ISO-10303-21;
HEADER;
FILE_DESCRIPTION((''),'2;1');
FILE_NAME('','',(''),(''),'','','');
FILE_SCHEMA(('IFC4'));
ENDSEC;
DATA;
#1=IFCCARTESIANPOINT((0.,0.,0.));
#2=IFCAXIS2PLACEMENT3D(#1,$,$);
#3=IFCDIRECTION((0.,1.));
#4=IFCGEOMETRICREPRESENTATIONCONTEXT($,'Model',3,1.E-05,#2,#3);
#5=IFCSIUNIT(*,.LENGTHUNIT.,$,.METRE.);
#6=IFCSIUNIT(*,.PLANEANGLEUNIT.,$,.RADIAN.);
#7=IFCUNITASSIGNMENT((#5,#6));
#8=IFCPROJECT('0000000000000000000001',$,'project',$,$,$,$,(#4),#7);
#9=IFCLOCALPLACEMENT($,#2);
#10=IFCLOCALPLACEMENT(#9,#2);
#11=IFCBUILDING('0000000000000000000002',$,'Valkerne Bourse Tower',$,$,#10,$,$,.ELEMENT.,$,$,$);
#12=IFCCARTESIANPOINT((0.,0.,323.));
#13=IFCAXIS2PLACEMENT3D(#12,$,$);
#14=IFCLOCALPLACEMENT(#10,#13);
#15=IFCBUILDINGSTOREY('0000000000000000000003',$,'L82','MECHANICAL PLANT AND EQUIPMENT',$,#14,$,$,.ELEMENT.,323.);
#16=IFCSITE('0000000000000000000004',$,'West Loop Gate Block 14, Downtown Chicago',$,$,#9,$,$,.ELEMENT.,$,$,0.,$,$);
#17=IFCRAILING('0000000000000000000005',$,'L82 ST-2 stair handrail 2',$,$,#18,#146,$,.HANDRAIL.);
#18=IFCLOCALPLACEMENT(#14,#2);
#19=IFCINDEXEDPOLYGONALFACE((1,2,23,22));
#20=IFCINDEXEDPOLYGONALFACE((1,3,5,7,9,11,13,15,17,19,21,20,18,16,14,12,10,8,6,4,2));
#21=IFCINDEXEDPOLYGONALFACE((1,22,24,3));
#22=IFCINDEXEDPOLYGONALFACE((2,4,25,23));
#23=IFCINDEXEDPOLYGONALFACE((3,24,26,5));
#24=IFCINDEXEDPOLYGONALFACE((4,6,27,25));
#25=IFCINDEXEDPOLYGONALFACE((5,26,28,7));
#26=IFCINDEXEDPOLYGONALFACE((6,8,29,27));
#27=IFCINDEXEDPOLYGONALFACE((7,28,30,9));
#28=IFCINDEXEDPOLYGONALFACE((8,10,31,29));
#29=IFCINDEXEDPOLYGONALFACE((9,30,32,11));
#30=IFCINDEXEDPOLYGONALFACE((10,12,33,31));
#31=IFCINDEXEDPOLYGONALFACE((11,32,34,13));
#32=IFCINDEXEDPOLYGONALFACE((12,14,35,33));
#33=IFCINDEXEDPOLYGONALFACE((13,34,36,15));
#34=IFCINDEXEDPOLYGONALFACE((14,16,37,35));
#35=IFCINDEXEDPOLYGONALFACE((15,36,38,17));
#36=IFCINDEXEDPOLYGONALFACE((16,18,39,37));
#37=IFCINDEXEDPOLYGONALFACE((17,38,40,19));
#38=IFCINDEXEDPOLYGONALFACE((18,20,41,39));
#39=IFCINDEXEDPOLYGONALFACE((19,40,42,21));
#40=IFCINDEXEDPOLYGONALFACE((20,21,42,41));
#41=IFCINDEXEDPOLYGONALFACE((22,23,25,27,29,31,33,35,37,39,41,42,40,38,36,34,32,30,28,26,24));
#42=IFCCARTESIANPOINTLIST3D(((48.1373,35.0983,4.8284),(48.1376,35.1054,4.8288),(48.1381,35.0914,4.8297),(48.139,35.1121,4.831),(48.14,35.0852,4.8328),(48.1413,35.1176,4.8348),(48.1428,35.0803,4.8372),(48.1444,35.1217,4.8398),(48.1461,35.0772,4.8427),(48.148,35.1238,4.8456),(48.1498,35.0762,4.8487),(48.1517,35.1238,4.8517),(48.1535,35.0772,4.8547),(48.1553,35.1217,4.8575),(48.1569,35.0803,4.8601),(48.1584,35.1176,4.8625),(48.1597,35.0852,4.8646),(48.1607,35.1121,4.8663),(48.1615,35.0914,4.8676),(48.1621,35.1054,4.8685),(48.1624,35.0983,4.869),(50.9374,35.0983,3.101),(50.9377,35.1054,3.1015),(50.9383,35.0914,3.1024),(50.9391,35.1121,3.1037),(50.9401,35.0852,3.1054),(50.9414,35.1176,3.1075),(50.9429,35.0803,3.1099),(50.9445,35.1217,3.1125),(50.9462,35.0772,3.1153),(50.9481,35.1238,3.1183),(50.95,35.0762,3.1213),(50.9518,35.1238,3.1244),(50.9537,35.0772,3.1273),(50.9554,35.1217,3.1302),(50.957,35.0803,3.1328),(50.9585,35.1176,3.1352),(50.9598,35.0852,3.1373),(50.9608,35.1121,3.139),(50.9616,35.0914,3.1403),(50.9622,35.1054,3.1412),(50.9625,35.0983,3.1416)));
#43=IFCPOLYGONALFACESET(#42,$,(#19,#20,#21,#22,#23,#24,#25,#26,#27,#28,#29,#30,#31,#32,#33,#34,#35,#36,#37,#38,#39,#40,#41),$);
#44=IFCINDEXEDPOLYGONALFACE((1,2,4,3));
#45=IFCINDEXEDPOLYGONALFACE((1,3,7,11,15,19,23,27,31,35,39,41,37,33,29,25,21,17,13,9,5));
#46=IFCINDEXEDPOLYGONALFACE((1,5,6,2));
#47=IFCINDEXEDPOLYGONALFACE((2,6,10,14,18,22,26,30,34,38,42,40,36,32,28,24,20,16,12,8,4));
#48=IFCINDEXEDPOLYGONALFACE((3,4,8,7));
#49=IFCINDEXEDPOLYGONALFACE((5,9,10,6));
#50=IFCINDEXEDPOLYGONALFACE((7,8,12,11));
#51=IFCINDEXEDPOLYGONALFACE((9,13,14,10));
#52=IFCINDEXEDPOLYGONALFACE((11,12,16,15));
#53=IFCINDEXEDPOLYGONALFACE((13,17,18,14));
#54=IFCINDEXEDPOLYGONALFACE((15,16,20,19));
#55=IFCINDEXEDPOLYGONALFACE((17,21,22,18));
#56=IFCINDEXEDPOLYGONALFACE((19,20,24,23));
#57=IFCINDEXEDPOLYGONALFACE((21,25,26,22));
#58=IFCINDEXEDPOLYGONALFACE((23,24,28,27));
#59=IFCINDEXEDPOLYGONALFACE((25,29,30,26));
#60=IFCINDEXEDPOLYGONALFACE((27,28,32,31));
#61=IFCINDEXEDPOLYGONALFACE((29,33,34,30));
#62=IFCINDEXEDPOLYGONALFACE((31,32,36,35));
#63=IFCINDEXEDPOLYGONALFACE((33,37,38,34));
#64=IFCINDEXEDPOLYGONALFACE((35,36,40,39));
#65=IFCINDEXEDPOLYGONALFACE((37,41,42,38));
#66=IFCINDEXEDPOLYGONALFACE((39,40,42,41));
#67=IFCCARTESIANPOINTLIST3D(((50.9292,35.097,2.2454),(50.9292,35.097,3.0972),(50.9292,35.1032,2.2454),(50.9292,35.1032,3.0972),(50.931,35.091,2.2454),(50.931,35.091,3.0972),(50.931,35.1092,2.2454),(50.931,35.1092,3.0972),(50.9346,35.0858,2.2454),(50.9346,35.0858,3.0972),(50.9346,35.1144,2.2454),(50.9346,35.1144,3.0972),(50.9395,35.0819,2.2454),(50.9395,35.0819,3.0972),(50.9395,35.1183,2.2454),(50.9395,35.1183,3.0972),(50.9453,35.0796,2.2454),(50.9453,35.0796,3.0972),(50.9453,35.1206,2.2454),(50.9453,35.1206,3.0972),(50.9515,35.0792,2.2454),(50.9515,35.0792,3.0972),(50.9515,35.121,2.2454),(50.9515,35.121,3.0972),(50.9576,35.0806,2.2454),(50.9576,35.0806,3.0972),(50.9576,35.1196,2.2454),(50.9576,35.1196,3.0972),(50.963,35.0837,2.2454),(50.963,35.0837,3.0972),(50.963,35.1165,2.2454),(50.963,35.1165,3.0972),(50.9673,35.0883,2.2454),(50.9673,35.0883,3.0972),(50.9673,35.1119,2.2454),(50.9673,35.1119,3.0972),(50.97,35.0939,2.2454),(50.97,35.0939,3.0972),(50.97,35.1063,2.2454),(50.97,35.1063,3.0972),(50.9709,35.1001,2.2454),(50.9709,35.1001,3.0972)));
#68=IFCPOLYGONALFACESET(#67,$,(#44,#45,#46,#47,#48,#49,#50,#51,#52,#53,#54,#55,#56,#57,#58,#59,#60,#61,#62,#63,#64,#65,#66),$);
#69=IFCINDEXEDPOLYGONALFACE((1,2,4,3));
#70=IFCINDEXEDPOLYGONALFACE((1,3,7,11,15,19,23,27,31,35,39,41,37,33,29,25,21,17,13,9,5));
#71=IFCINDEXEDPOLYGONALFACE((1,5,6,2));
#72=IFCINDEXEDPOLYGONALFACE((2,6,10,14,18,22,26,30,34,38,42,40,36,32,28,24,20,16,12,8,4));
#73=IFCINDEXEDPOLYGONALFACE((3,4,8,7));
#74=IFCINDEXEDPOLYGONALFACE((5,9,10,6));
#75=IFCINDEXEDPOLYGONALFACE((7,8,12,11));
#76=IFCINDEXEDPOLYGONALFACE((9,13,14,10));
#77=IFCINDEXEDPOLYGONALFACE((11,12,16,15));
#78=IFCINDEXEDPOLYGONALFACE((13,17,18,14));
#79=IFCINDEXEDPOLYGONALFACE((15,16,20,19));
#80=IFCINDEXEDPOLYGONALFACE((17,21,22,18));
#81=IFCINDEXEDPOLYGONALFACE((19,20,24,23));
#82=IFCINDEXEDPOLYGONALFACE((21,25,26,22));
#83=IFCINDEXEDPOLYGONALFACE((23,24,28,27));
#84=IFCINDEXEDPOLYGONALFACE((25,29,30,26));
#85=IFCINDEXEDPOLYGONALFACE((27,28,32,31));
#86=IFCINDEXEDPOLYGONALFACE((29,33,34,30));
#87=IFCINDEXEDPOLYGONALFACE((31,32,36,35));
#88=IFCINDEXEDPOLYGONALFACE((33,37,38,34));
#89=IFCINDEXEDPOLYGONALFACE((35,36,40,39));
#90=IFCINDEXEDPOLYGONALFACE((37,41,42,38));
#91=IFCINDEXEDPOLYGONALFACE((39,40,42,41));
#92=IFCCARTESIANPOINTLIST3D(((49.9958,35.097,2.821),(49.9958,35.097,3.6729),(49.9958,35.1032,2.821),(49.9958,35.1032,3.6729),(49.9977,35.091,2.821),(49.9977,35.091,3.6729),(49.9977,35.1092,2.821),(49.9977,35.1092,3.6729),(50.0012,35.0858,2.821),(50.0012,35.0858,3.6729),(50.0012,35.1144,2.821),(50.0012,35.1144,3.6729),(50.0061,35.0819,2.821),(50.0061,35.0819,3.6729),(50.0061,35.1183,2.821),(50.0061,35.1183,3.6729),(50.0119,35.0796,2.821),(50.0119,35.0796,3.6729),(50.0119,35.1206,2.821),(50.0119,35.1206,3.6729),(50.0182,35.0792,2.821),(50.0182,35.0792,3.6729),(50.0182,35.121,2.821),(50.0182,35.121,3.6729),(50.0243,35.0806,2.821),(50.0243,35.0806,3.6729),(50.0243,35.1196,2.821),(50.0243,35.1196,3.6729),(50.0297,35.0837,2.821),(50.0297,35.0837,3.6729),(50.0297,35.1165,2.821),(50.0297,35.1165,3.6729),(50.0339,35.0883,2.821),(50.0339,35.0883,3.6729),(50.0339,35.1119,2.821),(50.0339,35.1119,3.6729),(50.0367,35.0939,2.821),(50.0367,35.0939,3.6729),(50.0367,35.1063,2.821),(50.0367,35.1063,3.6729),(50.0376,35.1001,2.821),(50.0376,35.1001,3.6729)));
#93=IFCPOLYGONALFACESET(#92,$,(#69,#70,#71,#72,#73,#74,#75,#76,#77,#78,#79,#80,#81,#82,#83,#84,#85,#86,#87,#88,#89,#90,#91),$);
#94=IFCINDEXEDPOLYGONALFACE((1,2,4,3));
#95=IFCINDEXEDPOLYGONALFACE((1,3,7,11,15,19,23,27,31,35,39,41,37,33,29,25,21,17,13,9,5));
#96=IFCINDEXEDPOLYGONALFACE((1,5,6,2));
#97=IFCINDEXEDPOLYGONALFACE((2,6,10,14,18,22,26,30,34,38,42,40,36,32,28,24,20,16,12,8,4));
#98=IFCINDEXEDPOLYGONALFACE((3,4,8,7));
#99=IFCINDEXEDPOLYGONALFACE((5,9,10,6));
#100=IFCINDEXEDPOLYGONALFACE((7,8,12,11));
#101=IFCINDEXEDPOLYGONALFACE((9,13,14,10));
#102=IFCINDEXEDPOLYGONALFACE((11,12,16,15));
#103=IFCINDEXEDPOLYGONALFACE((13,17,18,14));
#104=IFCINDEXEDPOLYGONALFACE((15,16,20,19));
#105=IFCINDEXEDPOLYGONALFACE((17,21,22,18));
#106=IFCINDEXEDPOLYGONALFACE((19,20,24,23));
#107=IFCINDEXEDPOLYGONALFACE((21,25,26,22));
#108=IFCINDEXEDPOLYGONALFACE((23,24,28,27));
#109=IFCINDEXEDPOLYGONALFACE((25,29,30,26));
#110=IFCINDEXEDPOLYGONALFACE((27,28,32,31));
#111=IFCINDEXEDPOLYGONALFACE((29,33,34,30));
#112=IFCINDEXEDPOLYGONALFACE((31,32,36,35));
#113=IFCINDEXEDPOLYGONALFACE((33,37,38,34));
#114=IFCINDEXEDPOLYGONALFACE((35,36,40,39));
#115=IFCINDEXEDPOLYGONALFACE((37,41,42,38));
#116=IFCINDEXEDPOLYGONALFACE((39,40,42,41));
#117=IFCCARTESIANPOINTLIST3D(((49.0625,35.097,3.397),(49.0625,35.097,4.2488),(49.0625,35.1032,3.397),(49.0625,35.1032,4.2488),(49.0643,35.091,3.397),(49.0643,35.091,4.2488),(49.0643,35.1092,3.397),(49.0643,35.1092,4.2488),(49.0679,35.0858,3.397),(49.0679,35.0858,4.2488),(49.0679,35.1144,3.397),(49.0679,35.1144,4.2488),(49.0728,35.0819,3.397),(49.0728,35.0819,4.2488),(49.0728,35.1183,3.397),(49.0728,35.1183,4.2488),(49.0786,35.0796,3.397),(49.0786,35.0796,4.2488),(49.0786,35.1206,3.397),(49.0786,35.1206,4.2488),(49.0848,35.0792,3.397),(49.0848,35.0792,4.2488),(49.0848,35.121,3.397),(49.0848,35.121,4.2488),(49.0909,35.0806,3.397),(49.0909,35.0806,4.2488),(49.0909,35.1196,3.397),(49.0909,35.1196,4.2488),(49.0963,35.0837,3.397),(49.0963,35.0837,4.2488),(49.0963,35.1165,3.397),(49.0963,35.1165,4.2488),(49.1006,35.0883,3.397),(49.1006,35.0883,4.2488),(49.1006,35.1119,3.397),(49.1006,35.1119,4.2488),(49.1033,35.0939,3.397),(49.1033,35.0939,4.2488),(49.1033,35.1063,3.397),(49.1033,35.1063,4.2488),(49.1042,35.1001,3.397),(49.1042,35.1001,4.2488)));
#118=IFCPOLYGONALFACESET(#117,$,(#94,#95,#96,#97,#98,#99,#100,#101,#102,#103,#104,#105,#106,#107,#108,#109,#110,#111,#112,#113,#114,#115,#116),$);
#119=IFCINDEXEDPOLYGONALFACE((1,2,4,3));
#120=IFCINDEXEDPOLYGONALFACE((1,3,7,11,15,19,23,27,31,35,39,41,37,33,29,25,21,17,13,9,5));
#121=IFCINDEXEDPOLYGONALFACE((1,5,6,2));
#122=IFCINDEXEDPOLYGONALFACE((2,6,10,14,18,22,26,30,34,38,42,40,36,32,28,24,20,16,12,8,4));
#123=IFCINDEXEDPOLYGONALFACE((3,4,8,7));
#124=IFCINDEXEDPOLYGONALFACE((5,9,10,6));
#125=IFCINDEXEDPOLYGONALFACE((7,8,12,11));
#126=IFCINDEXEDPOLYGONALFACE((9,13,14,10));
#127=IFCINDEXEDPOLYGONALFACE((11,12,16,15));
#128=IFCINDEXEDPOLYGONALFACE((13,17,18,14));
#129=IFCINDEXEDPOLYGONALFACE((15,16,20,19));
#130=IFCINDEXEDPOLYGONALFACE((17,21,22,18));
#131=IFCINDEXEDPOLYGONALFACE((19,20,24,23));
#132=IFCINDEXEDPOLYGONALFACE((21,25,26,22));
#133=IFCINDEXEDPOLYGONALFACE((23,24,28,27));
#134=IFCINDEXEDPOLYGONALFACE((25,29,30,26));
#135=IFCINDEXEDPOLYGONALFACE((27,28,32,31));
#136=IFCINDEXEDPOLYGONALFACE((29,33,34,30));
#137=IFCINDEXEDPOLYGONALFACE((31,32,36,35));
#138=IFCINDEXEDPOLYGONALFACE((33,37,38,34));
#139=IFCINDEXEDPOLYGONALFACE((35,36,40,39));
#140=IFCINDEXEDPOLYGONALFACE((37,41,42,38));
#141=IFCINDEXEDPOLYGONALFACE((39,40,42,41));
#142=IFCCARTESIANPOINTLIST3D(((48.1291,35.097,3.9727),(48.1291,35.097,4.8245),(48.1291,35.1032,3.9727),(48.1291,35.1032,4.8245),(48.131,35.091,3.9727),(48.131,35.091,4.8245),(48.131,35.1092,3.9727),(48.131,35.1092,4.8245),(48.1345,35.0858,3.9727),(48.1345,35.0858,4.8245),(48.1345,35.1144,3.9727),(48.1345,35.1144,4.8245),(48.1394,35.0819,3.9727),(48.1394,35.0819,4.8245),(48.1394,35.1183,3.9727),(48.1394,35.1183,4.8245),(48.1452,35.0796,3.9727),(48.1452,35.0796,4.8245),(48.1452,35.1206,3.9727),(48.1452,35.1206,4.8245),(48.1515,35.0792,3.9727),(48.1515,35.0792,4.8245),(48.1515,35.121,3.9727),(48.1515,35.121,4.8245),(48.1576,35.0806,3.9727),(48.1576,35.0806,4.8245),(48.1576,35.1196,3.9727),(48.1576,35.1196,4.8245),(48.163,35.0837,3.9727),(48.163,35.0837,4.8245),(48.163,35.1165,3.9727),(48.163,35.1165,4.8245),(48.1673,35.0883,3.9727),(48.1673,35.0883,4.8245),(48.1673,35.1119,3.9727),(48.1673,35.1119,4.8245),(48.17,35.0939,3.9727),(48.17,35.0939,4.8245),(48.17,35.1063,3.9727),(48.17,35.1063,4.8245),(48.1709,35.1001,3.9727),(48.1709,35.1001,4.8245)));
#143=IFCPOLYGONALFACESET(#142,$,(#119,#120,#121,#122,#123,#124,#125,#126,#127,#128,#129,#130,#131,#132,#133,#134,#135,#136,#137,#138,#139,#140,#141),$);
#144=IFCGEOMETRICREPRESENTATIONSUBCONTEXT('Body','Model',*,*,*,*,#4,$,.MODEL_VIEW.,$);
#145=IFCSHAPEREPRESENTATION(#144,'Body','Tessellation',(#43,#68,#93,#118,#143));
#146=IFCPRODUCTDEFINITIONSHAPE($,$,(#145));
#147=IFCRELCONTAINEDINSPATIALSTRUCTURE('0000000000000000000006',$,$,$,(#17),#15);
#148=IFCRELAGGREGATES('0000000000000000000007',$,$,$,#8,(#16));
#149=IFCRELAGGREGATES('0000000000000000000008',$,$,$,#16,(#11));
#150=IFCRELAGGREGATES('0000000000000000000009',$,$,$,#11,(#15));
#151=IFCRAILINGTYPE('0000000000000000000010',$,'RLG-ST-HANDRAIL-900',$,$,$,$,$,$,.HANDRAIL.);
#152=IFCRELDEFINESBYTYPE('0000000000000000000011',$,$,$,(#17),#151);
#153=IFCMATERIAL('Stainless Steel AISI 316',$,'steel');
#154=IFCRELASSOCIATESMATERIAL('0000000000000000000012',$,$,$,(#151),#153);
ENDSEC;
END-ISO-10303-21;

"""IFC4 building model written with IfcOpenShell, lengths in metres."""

from ifc_helpers import new_model, si_unit, direction, frame, origin, origin_2d, place, context, subcontext, project, spatial, circle, extrude, material, type_object, element, save


model = new_model("IFC4")

# Units and contexts
model_context = context("Model", 3, precision=1e-05, world=origin(), true_north=direction((0.0, 1.0)))
body_context = subcontext(model_context, "Body", "Model", "MODEL_VIEW")
ifc_project = project(units=[si_unit("LENGTHUNIT", "METRE"), si_unit("PLANEANGLEUNIT", "RADIAN")], contexts=[model_context])

# Site, building, storey
site_placement = place(None, origin())
site = spatial("IfcSite", under=ifc_project, at=site_placement, Name="West Loop Gate Block 14, Downtown Chicago", CompositionType="ELEMENT", RefElevation=0.0)
building_placement = place(site_placement, origin())
building = spatial("IfcBuilding", under=site, at=building_placement, Name="Valkerne Bourse Tower", CompositionType="ELEMENT")
storey_placement = place(building_placement, frame((0.0, 0.0, 323.0)))
storey = spatial("IfcBuildingStorey", under=building, at=storey_placement, Name="L82", Description="MECHANICAL PLANT AND EQUIPMENT", CompositionType="ELEMENT", Elevation=323.0)

# Railing
ifc_material_1 = material(Name="Stainless Steel AISI 316", Category="steel")
railing_type_1 = type_object("IfcRailingType", Name="RLG-ST-HANDRAIL-900", PredefinedType="HANDRAIL", material=ifc_material_1)
railing_1_placement = place(storey_placement, frame((50.95, 35.1001, 2.2454)))
element("IfcRailing", 1, at=railing_1_placement, inside=storey, type_object=railing_type_1, Name="L82 ST-2 stair handrail 2", PredefinedType="HANDRAIL", context=body_context, shape_type="SweptSolid", body=[
    extrude(circle(Radius=0.0239, at=origin_2d()), frame((0.0, 0.0, 0.876), z_axis=(-0.85109, 0.0, 0.52502), x_axis=(0.0, -1.0, 0.0)), (0.0, 0.0, 1.0), 3.29),
    extrude(circle(Radius=0.021, at=origin_2d()), origin(), (0.0, 0.0, 1.0), 0.8518),
    extrude(circle(Radius=0.021, at=origin_2d()), frame((-0.9333, 0.0, 0.5757)), (0.0, 0.0, 1.0), 0.8518),
    extrude(circle(Radius=0.021, at=origin_2d()), frame((-1.8667, 0.0, 1.1516)), (0.0, 0.0, 1.0), 0.8518),
    extrude(circle(Radius=0.021, at=origin_2d()), frame((-2.8, 0.0, 1.7273)), (0.0, 0.0, 1.0), 0.8518),
])

save(model, "model.ifc")
